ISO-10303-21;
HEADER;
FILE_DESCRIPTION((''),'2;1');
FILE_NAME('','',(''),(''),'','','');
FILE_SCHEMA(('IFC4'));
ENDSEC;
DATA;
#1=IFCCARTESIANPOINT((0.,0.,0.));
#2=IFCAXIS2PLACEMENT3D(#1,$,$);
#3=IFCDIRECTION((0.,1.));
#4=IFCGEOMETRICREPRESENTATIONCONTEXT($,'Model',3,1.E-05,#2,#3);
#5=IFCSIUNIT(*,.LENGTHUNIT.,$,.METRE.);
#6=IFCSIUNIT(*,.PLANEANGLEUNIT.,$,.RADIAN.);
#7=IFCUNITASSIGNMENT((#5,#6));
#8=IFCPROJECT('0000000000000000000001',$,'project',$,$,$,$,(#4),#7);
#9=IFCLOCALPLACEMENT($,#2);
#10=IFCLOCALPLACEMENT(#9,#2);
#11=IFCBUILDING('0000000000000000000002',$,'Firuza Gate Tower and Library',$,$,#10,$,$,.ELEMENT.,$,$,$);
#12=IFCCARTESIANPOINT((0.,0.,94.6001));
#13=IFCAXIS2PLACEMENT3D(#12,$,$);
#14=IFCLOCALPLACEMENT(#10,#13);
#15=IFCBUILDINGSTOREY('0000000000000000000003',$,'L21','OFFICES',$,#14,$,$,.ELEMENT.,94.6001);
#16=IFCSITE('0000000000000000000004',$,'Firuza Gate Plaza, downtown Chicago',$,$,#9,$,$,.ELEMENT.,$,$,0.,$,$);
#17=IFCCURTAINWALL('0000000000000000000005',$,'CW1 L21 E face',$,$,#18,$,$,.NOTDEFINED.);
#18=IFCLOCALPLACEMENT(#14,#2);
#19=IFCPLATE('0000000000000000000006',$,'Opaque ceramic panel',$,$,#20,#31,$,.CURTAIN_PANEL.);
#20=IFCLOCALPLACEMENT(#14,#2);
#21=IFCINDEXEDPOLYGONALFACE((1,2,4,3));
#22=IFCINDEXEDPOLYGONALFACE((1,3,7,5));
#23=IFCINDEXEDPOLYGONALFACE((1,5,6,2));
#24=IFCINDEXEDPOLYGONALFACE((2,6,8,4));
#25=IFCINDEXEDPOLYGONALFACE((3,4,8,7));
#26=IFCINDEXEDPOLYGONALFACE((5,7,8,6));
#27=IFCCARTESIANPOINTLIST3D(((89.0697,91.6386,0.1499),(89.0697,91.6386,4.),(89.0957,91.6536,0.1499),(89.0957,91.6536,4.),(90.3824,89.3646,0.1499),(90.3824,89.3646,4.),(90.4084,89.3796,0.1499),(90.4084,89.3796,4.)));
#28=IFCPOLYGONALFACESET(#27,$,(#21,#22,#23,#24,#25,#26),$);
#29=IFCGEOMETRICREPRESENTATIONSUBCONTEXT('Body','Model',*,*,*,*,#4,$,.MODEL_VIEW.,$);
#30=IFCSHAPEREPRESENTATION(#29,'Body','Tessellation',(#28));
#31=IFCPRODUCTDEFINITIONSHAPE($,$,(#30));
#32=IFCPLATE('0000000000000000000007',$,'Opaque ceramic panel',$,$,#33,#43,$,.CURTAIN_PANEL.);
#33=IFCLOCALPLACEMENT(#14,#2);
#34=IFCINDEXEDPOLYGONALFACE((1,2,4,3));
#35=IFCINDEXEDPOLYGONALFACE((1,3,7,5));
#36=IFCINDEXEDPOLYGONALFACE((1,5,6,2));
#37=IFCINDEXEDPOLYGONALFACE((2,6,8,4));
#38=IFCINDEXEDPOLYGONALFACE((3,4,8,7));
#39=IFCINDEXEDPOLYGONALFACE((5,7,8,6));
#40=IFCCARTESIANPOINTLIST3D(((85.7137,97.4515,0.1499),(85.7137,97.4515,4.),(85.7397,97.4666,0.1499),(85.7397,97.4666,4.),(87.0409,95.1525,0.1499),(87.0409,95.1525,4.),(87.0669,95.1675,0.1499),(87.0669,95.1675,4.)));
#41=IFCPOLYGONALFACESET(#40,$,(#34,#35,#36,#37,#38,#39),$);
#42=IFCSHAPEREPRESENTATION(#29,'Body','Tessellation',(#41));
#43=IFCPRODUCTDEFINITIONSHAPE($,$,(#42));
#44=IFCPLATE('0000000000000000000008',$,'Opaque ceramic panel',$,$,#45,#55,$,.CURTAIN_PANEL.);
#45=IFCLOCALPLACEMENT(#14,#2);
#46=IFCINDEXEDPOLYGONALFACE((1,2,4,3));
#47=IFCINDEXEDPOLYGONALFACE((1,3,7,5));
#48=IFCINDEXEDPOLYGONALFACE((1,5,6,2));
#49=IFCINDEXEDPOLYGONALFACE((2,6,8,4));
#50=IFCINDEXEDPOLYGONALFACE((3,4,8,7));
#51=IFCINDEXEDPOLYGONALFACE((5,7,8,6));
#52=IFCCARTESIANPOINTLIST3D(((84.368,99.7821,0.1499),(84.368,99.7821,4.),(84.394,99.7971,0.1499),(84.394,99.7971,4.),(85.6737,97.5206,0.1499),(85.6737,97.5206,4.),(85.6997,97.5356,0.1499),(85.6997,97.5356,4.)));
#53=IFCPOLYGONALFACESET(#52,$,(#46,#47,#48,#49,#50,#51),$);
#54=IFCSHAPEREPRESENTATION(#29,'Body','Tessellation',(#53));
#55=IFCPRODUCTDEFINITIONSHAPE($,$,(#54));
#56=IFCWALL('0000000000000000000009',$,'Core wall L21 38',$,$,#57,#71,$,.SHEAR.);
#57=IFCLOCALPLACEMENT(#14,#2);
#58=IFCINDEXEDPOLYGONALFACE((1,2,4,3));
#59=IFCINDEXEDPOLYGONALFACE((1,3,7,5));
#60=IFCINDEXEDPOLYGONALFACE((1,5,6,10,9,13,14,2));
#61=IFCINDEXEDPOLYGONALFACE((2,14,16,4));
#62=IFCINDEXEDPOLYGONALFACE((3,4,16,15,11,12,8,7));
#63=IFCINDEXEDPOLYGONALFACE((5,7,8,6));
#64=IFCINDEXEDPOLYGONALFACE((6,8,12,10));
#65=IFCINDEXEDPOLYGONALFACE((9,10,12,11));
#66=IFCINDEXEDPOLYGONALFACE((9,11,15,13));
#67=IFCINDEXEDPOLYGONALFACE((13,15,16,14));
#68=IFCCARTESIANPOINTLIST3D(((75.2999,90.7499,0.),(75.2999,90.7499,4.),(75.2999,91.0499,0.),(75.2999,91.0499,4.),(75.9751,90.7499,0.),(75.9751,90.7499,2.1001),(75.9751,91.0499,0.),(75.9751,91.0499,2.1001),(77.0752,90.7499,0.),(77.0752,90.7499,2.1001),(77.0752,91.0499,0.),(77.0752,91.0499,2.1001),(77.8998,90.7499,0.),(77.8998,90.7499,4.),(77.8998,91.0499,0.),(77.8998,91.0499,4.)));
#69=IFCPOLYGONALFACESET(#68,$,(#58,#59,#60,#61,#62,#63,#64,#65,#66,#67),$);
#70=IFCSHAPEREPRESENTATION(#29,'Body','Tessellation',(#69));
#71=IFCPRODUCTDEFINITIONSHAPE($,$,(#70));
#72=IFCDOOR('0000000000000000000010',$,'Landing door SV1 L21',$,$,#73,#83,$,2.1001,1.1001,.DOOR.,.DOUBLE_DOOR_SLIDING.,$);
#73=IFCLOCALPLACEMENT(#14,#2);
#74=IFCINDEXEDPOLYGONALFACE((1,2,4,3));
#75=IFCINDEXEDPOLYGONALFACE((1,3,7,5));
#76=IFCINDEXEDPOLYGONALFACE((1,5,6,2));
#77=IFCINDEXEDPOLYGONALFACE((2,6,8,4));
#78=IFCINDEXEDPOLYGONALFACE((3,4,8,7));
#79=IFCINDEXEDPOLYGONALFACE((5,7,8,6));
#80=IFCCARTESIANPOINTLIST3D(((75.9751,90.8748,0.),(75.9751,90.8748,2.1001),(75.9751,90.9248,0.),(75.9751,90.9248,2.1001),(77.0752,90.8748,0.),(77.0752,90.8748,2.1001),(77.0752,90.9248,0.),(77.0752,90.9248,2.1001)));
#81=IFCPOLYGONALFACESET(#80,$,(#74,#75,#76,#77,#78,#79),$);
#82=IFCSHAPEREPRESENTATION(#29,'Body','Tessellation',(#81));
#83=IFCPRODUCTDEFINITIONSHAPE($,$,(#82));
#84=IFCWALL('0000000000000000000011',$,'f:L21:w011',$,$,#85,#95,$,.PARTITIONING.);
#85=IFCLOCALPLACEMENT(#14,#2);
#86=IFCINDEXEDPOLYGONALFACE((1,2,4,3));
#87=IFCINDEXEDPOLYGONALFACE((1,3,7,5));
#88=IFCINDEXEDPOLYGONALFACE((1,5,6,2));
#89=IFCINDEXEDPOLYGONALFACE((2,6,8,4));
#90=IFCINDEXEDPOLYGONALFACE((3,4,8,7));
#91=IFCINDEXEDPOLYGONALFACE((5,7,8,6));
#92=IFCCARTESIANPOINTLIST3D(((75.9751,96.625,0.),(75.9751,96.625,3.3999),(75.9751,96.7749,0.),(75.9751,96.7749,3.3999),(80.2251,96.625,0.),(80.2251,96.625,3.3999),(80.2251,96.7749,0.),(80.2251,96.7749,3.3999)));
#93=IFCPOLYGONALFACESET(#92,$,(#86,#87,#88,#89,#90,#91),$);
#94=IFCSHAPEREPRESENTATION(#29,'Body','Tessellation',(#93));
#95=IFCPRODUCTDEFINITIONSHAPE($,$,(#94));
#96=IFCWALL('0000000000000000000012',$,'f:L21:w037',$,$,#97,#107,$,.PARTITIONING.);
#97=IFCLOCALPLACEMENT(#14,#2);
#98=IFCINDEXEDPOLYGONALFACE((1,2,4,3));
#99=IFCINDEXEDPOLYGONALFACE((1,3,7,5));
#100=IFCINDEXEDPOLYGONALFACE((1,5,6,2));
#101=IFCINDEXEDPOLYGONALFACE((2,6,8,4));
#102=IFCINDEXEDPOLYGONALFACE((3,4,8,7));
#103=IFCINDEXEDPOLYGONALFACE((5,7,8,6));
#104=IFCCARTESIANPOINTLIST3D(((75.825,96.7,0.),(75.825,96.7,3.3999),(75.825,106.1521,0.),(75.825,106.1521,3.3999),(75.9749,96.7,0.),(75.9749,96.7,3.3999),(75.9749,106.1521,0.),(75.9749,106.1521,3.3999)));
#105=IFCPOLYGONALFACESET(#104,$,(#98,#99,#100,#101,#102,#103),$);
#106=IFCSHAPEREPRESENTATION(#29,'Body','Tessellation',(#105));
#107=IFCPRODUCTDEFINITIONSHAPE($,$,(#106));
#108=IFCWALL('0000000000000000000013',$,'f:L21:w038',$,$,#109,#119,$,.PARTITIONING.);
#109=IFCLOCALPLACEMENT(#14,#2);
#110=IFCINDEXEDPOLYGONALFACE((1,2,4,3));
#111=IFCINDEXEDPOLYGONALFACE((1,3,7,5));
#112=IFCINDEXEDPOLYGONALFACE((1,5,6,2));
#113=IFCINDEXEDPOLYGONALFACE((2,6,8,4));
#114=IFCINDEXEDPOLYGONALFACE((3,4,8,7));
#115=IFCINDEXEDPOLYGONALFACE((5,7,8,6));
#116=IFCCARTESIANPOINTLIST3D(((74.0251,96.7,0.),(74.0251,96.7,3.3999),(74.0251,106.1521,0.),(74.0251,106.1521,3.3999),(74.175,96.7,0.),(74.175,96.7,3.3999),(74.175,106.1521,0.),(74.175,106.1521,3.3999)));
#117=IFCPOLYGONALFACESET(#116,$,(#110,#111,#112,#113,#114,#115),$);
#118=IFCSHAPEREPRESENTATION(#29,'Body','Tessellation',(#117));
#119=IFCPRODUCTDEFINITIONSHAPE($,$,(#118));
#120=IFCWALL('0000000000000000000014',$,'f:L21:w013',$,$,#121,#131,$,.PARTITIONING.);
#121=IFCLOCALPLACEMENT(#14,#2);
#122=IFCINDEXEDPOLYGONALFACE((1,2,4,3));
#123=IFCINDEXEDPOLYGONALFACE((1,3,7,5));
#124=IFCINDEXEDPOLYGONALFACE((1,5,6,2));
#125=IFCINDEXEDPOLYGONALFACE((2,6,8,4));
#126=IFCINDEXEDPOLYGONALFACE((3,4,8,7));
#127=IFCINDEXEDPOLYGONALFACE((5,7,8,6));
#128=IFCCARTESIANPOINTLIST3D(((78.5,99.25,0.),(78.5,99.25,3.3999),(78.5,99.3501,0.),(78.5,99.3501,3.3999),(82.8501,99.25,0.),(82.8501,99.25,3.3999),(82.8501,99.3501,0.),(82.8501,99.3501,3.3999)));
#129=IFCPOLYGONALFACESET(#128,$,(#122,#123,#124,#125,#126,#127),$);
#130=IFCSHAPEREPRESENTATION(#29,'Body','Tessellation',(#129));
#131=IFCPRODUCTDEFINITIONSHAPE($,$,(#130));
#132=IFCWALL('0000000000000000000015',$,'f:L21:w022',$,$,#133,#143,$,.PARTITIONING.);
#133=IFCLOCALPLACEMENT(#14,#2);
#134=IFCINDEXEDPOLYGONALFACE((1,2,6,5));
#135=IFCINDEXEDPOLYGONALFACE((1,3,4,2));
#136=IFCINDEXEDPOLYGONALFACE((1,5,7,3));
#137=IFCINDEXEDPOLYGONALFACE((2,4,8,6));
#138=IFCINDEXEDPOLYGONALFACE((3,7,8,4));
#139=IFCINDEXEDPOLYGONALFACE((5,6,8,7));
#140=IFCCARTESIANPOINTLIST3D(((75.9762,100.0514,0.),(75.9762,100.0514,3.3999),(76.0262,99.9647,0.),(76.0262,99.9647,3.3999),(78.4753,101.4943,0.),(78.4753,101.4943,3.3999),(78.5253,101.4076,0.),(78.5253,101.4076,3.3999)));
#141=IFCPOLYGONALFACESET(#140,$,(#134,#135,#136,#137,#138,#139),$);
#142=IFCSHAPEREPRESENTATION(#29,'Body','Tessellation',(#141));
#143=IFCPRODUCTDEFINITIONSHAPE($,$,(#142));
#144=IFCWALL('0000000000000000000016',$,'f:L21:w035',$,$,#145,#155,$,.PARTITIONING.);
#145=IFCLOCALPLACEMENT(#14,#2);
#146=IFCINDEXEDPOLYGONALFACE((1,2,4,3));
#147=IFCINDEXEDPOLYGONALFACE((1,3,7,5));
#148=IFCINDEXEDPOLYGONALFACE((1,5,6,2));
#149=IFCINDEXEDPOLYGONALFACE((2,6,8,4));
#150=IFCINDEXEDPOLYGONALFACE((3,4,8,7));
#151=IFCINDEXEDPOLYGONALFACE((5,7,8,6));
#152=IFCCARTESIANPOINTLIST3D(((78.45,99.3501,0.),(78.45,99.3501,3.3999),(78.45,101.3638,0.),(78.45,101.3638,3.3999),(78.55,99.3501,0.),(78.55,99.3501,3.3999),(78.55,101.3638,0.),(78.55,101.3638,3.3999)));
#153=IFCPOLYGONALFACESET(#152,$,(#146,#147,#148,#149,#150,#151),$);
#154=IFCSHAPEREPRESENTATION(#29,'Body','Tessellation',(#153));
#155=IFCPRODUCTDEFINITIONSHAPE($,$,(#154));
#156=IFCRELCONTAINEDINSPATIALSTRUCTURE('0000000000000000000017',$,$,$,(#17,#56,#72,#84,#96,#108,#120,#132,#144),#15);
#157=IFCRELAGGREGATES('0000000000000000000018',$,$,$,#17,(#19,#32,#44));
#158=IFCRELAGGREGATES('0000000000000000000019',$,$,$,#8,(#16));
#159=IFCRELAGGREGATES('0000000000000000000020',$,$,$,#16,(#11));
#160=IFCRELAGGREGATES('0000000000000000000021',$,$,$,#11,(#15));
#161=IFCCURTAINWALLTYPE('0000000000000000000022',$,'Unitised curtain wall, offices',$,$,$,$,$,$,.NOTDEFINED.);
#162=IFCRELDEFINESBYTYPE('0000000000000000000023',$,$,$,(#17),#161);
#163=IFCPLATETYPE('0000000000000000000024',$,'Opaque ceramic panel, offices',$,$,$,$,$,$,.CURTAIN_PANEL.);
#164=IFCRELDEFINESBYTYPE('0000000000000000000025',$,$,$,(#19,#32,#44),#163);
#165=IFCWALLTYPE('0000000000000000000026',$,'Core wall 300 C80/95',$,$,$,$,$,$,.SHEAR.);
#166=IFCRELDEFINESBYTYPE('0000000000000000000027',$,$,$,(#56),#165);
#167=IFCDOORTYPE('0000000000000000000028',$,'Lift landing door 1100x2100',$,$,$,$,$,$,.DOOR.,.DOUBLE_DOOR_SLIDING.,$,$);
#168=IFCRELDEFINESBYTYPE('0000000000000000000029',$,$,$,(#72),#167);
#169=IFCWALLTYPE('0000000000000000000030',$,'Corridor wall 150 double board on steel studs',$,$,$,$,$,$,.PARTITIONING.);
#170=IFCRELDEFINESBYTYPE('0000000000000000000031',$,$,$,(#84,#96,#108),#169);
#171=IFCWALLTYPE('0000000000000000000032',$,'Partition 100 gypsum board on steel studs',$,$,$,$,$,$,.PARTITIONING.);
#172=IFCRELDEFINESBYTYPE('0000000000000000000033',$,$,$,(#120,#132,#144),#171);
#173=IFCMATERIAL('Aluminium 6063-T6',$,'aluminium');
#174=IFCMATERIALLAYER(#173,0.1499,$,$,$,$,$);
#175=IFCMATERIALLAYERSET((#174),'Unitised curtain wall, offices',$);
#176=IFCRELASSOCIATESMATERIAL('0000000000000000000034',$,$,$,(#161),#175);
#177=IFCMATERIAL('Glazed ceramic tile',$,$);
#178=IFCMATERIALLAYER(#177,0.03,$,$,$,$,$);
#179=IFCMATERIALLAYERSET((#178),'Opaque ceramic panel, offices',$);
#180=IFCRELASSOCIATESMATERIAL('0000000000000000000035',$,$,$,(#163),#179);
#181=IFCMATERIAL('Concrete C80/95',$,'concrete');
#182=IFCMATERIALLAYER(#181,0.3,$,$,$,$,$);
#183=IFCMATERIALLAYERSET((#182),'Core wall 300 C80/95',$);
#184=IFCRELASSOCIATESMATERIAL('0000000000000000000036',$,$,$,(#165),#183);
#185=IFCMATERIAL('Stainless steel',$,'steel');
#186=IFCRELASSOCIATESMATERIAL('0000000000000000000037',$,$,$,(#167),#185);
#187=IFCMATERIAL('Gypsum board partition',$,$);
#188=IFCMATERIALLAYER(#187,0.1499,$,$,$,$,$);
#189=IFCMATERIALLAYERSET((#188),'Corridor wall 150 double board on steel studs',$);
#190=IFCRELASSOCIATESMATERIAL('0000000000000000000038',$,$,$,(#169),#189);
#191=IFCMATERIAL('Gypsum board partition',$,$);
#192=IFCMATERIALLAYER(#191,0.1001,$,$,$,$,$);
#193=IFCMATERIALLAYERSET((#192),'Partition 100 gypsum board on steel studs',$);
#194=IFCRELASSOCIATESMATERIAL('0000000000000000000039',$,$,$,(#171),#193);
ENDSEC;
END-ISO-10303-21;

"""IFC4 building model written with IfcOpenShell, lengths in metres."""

from ifc_helpers import new_model, si_unit, direction, frame, frame_2d, origin, place, context, subcontext, project, spatial, polyline, rectangle, outline, extrude, material, layer, layer_set, type_object, element, fill, aggregate, save


model = new_model("IFC4")

# Units and contexts
model_context = context("Model", 3, precision=1e-05, world=origin(), true_north=direction((0.0, 1.0)))
body_context = subcontext(model_context, "Body", "Model", "MODEL_VIEW")
ifc_project = project(units=[si_unit("LENGTHUNIT", "METRE"), si_unit("PLANEANGLEUNIT", "RADIAN")], contexts=[model_context])

# Site, building, storey
site_placement = place(None, origin())
site = spatial("IfcSite", under=ifc_project, at=site_placement, Name="Firuza Gate Plaza, downtown Chicago", CompositionType="ELEMENT", RefElevation=0.0)
building_placement = place(site_placement, origin())
building = spatial("IfcBuilding", under=site, at=building_placement, Name="Firuza Gate Tower and Library", CompositionType="ELEMENT")
storey_placement = place(building_placement, frame((0.0, 0.0, 94.6001)))
storey = spatial("IfcBuildingStorey", under=building, at=storey_placement, Name="L21", Description="OFFICES", CompositionType="ELEMENT", Elevation=94.6001)

# Curtain wall
ifc_material_1 = material(Name="Aluminium 6063-T6", Category="aluminium")
ifc_layer_1 = layer(ifc_material_1, 0.1499)
ifc_layer_set_1 = layer_set([ifc_layer_1], Name="Unitised curtain wall, offices")
curtain_wall_type = type_object("IfcCurtainWallType", Name="Unitised curtain wall, offices", PredefinedType="NOTDEFINED", material=ifc_layer_set_1)
placement = place(storey_placement, origin())
curtain_wall = element("IfcCurtainWall", 1, at=placement, inside=storey, type_object=curtain_wall_type, Name="CW1 L21 E face", PredefinedType="NOTDEFINED")

# Plates
ifc_material_2 = material(Name="Glazed ceramic tile")
ifc_layer_2 = layer(ifc_material_2, 0.03)
ifc_layer_set_2 = layer_set([ifc_layer_2], Name="Opaque ceramic panel, offices")
plate_type_1 = type_object("IfcPlateType", Name="Opaque ceramic panel, offices", PredefinedType="CURTAIN_PANEL", material=ifc_layer_set_2)
plate_1_placement = place(storey_placement, frame((90.4084, 89.3796, 0.1499), z_axis=(0.866043, 0.499969, 0.0), x_axis=(-0.499969, 0.866043, 0.0)))
plate_1 = element("IfcPlate", 2, at=plate_1_placement, type_object=plate_type_1, Name="Opaque ceramic panel", PredefinedType="CURTAIN_PANEL", context=body_context, shape_type="SweptSolid", body=[
    extrude(outline(polyline([(0.0, 0.0), (2.6256, 0.0), (2.6256, 3.8501), (0.0, 3.8501), (0.0, 0.0)])), origin(), (0.0, 0.0, -1.0), 0.03),
])
plate_2_placement = place(storey_placement, frame((87.0669, 95.1675, 0.1499), z_axis=(0.866062, 0.499937, 0.0), x_axis=(-0.499937, 0.866062, 0.0)))
plate_2 = element("IfcPlate", 3, at=plate_2_placement, type_object=plate_type_1, Name="Opaque ceramic panel", PredefinedType="CURTAIN_PANEL", context=body_context, shape_type="SweptSolid", body=[
    extrude(outline(polyline([(0.0, 0.0), (2.6546, 0.0), (2.6546, 3.8501), (0.0, 3.8501), (0.0, 0.0)])), origin(), (0.0, 0.0, -1.0), 0.03),
])
plate_3_placement = place(storey_placement, frame((85.6997, 97.5356, 0.1499), z_axis=(0.866025, 0.5, 0.0), x_axis=(-0.5, 0.866025, 0.0)))
plate_3 = element("IfcPlate", 4, at=plate_3_placement, type_object=plate_type_1, Name="Opaque ceramic panel", PredefinedType="CURTAIN_PANEL", context=body_context, shape_type="SweptSolid", body=[
    extrude(outline(polyline([(0.0, 0.0), (2.6113, 0.0), (2.6113, 3.8501), (0.0, 3.8501), (0.0, 0.0)])), origin(), (0.0, 0.0, -1.0), 0.03),
])
aggregate(curtain_wall, [plate_1, plate_2, plate_3])

# Wall, opening, door
ifc_material_3 = material(Name="Concrete C80/95", Category="concrete")
ifc_layer_3 = layer(ifc_material_3, 0.3)
ifc_layer_set_3 = layer_set([ifc_layer_3], Name="Core wall 300 C80/95")
wall_type_1 = type_object("IfcWallType", Name="Core wall 300 C80/95", PredefinedType="SHEAR", material=ifc_layer_set_3)
wall_1_placement = place(storey_placement, frame((75.3, 90.8999, 0.0), z_axis=(0.0, 0.0, 1.0), x_axis=(1.0, 0.0, 0.0)))
wall_1 = element("IfcWall", 5, at=wall_1_placement, inside=storey, type_object=wall_type_1, Name="Core wall L21 38", PredefinedType="SHEAR", context=body_context, shape_type="SweptSolid", body=[
    extrude(rectangle(XDim=2.5999, YDim=0.3, at=frame_2d((1.2998, 0.0))), origin(), (0.0, 0.0, 1.0), 4.0),
])
opening_placement = place(wall_1_placement, frame((0.675, 0.0, 0.0)))
opening = element("IfcOpeningElement", 6, at=opening_placement, cuts=wall_1, PredefinedType="OPENING", context=body_context, shape_type="SweptSolid", body=[
    extrude(rectangle(XDim=1.1001, YDim=2.1001, at=frame_2d((0.55, 1.05))), frame((0.0, 0.1602, 0.0), z_axis=(0.0, -1.0, 0.0), x_axis=(1.0, 0.0, 0.0)), (0.0, 0.0, 1.0), 0.3201),
])
ifc_material_4 = material(Name="Stainless steel", Category="steel")
door_type = type_object("IfcDoorType", Name="Lift landing door 1100x2100", OperationType="DOUBLE_DOOR_SLIDING", PredefinedType="DOOR", material=ifc_material_4)
door_placement = place(opening_placement, origin())
door = element("IfcDoor", 7, at=door_placement, inside=storey, type_object=door_type, Name="Landing door SV1 L21", OperationType="DOUBLE_DOOR_SLIDING", OverallHeight=2.1001, OverallWidth=1.1001, PredefinedType="DOOR", context=body_context, shape_type="SweptSolid", body=[
    extrude(rectangle(XDim=1.1001, YDim=2.1001, at=frame_2d((0.55, 1.05))), frame((0.0, 0.0249, 0.0), z_axis=(0.0, -1.0, 0.0), x_axis=(1.0, 0.0, 0.0)), (0.0, 0.0, 1.0), 0.05),
])
fill(opening, door)

# Walls
ifc_material_5 = material(Name="Gypsum board partition")
ifc_layer_4 = layer(ifc_material_5, 0.1499)
ifc_layer_set_4 = layer_set([ifc_layer_4], Name="Corridor wall 150 double board on steel studs")
wall_type_2 = type_object("IfcWallType", Name="Corridor wall 150 double board on steel studs", PredefinedType="PARTITIONING", material=ifc_layer_set_4)
wall_2_placement = place(storey_placement, frame((75.9751, 96.7, 0.0), z_axis=(0.0, 0.0, 1.0), x_axis=(1.0, 0.0, 0.0)))
element("IfcWall", 8, at=wall_2_placement, inside=storey, type_object=wall_type_2, Name="f:L21:w011", PredefinedType="PARTITIONING", context=body_context, shape_type="SweptSolid", body=[
    extrude(rectangle(XDim=4.25, YDim=0.1499, at=frame_2d((2.125, 0.0))), origin(), (0.0, 0.0, 1.0), 3.3999),
])
for number, where, z_axis, x_axis, name in (
    (9, (75.8999, 96.7, 0.0), (0.0, 0.0, 1.0), (0.0, 1.0, 0.0), "f:L21:w037"),
    (10, (74.1001, 96.7, 0.0), (0.0, 0.0, 1.0), (0.0, 1.0, 0.0), "f:L21:w038"),
):
    element("IfcWall", number, at=place(storey_placement, frame(where, z_axis=z_axis, x_axis=x_axis)), inside=storey, type_object=wall_type_2, Name=name, PredefinedType="PARTITIONING", context=body_context, shape_type="SweptSolid", body=[
        extrude(rectangle(XDim=9.4521, YDim=0.1499, at=frame_2d((4.7261, 0.0))), origin(), (0.0, 0.0, 1.0), 3.3999),
    ])
ifc_material_6 = material(Name="Gypsum board partition")
ifc_layer_5 = layer(ifc_material_6, 0.1001)
ifc_layer_set_5 = layer_set([ifc_layer_5], Name="Partition 100 gypsum board on steel studs")
wall_type_3 = type_object("IfcWallType", Name="Partition 100 gypsum board on steel studs", PredefinedType="PARTITIONING", material=ifc_layer_set_5)
wall_3_placement = place(storey_placement, frame((78.5, 99.3, 0.0), z_axis=(0.0, 0.0, 1.0), x_axis=(1.0, 0.0, 0.0)))
element("IfcWall", 11, at=wall_3_placement, inside=storey, type_object=wall_type_3, Name="f:L21:w013", PredefinedType="PARTITIONING", context=body_context, shape_type="SweptSolid", body=[
    extrude(rectangle(XDim=4.3501, YDim=0.1001, at=frame_2d((2.175, 0.0))), origin(), (0.0, 0.0, 1.0), 3.3999),
])
wall_4_placement = place(storey_placement, frame((76.0012, 100.0081, 0.0), z_axis=(0.0, 0.0, 1.0), x_axis=(0.866017, 0.500015, 0.0)))
element("IfcWall", 12, at=wall_4_placement, inside=storey, type_object=wall_type_3, Name="f:L21:w022", PredefinedType="PARTITIONING", context=body_context, shape_type="SweptSolid", body=[
    extrude(rectangle(XDim=2.8857, YDim=0.1001, at=frame_2d((1.4429, 0.0))), origin(), (0.0, 0.0, 1.0), 3.3999),
])
wall_5_placement = place(storey_placement, frame((78.5, 99.3501, 0.0), z_axis=(0.0, 0.0, 1.0), x_axis=(0.0, 1.0, 0.0)))
element("IfcWall", 13, at=wall_5_placement, inside=storey, type_object=wall_type_3, Name="f:L21:w035", PredefinedType="PARTITIONING", context=body_context, shape_type="SweptSolid", body=[
    extrude(rectangle(XDim=2.0137, YDim=0.1001, at=frame_2d((1.0068, 0.0))), origin(), (0.0, 0.0, 1.0), 3.3999),
])

save(model, "model.ifc")
